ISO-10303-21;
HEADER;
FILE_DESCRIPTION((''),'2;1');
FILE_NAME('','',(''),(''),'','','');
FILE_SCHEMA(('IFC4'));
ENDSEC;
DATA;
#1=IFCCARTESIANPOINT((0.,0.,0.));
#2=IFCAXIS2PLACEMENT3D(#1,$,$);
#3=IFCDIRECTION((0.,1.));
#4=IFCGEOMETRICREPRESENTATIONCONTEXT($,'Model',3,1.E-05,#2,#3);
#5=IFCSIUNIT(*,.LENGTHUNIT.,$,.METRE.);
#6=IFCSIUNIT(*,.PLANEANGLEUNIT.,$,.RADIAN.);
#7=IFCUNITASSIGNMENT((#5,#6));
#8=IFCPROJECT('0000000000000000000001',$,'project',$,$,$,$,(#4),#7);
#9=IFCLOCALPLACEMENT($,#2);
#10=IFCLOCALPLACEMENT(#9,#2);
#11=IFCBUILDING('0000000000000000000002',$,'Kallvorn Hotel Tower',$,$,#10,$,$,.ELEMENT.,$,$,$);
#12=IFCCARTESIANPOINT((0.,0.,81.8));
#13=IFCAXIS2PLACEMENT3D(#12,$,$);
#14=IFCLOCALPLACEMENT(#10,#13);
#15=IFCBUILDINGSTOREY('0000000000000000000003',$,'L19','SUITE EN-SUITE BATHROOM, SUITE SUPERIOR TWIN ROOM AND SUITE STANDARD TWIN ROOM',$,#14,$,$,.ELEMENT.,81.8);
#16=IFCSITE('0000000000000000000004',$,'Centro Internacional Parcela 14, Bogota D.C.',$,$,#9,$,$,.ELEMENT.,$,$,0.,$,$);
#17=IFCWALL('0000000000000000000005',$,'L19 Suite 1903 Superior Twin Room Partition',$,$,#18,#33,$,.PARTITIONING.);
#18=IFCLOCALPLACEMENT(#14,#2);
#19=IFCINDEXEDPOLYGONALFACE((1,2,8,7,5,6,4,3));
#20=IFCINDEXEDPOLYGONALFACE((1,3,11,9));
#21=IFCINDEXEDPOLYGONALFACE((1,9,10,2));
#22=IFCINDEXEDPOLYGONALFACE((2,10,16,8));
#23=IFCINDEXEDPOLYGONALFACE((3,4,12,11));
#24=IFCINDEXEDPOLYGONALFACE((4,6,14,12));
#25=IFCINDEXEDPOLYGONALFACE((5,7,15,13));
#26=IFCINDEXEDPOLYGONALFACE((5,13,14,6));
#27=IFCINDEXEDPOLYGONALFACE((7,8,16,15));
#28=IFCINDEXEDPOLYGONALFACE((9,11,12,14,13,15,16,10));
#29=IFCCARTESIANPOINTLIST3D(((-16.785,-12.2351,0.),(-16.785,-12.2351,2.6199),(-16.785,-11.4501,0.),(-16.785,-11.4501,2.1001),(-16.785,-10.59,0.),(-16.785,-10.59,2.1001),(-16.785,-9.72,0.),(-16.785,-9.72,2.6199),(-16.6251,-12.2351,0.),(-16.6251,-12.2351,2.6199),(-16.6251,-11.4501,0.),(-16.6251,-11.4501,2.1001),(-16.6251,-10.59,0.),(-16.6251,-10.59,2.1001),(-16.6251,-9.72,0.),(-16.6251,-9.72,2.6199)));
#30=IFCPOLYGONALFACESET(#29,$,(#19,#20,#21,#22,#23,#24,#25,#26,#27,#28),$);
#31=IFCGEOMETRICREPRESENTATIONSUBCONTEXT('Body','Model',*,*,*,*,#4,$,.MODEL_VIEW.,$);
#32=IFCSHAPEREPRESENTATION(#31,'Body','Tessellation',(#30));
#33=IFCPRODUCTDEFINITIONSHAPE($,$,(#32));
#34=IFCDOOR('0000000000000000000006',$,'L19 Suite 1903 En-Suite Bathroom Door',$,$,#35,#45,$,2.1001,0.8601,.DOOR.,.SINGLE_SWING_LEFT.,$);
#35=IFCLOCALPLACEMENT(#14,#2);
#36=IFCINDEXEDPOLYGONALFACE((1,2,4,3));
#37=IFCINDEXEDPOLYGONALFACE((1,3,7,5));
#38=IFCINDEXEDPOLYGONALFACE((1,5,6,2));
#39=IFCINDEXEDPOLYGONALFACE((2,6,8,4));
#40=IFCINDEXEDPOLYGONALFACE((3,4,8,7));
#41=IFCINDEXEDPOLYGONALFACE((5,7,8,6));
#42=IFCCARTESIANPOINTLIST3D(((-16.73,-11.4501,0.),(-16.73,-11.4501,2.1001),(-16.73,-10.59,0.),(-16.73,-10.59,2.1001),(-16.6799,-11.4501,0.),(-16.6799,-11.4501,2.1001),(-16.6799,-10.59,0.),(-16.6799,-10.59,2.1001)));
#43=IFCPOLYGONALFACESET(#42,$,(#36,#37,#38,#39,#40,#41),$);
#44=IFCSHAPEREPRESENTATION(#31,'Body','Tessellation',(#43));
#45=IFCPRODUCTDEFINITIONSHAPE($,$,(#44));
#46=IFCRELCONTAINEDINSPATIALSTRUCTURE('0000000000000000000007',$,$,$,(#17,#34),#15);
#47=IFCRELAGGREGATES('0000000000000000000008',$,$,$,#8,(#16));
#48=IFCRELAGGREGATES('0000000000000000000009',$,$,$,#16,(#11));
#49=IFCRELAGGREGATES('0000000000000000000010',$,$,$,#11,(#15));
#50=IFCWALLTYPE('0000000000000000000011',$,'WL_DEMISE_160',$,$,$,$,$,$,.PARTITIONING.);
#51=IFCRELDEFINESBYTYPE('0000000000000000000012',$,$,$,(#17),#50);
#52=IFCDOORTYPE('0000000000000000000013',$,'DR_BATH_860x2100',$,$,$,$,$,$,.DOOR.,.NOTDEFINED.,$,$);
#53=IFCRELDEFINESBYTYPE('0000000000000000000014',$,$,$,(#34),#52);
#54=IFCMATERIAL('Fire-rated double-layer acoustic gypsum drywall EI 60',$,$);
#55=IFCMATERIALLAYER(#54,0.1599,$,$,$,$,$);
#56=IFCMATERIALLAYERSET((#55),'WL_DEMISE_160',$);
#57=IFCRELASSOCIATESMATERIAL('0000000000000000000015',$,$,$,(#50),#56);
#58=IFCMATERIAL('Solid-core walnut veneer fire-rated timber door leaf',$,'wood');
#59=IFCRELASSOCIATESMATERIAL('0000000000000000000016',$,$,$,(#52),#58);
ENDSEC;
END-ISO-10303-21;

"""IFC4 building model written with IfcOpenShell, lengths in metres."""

from ifc_helpers import new_model, si_unit, direction, frame, frame_2d, origin, place, context, subcontext, project, spatial, rectangle, extrude, material, layer, layer_set, type_object, element, fill, save


model = new_model("IFC4")

# Units and contexts
model_context = context("Model", 3, precision=1e-05, world=origin(), true_north=direction((0.0, 1.0)))
body_context = subcontext(model_context, "Body", "Model", "MODEL_VIEW")
ifc_project = project(units=[si_unit("LENGTHUNIT", "METRE"), si_unit("PLANEANGLEUNIT", "RADIAN")], contexts=[model_context])

# Site, building, storey
site_placement = place(None, origin())
site = spatial("IfcSite", under=ifc_project, at=site_placement, Name="Centro Internacional Parcela 14, Bogota D.C.", CompositionType="ELEMENT", RefElevation=0.0)
building_placement = place(site_placement, origin())
building = spatial("IfcBuilding", under=site, at=building_placement, Name="Kallvorn Hotel Tower", CompositionType="ELEMENT")
storey_placement = place(building_placement, frame((0.0, 0.0, 81.8)))
storey = spatial("IfcBuildingStorey", under=building, at=storey_placement, Name="L19", Description="SUITE EN-SUITE BATHROOM, SUITE SUPERIOR TWIN ROOM AND SUITE STANDARD TWIN ROOM", CompositionType="ELEMENT", Elevation=81.8)

# Shared definitions
ifc_material_1 = material(Name="Fire-rated double-layer acoustic gypsum drywall EI 60")
ifc_layer = layer(ifc_material_1, 0.1599)
ifc_layer_set = layer_set([ifc_layer], Name="WL_DEMISE_160")
wall_type = type_object("IfcWallType", Name="WL_DEMISE_160", PredefinedType="PARTITIONING", material=ifc_layer_set)

# Shared definitions
ifc_material_2 = material(Name="Solid-core walnut veneer fire-rated timber door leaf", Category="wood")
door_type_1 = type_object("IfcDoorType", Name="DR_BATH_860x2100", OperationType="NOTDEFINED", PredefinedType="DOOR", material=ifc_material_2)

# Wall, opening, door
wall_1_placement = place(storey_placement, frame((-16.7051, -12.2351, 0.0), z_axis=(0.0, 0.0, 1.0), x_axis=(0.0, 1.0, 0.0)))
wall_1 = element("IfcWall", 1, at=wall_1_placement, inside=storey, type_object=wall_type, Name="L19 Suite 1903 Superior Twin Room Partition", PredefinedType="PARTITIONING", context=body_context, shape_type="SweptSolid", body=[
    extrude(rectangle(XDim=2.5151, YDim=0.1599, at=frame_2d((1.2576, 0.0))), origin(), (0.0, 0.0, 1.0), 2.6199),
])
opening_1_placement = place(wall_1_placement, frame((0.7849, 0.0, 0.0)))
opening_1 = element("IfcOpeningElement", 2, at=opening_1_placement, cuts=wall_1, PredefinedType="OPENING", context=body_context, shape_type="SweptSolid", body=[
    extrude(rectangle(XDim=0.8601, YDim=2.1001, at=frame_2d((0.4302, 1.05))), frame((0.0, 0.095, 0.0), z_axis=(0.0, -1.0, 0.0), x_axis=(1.0, 0.0, 0.0)), (0.0, 0.0, 1.0), 0.1899),
])
door_1_placement = place(opening_1_placement, origin())
door_1 = element("IfcDoor", 3, at=door_1_placement, inside=storey, type_object=door_type_1, Name="L19 Suite 1903 En-Suite Bathroom Door", OperationType="SINGLE_SWING_LEFT", OverallHeight=2.1001, OverallWidth=0.8601, PredefinedType="DOOR", context=body_context, shape_type="SweptSolid", body=[
    extrude(rectangle(XDim=0.8601, YDim=2.1001, at=frame_2d((0.4302, 1.05))), frame((0.0, 0.0249, 0.0), z_axis=(0.0, -1.0, 0.0), x_axis=(1.0, 0.0, 0.0)), (0.0, 0.0, 1.0), 0.05),
])
fill(opening_1, door_1)

save(model, "model.ifc")
